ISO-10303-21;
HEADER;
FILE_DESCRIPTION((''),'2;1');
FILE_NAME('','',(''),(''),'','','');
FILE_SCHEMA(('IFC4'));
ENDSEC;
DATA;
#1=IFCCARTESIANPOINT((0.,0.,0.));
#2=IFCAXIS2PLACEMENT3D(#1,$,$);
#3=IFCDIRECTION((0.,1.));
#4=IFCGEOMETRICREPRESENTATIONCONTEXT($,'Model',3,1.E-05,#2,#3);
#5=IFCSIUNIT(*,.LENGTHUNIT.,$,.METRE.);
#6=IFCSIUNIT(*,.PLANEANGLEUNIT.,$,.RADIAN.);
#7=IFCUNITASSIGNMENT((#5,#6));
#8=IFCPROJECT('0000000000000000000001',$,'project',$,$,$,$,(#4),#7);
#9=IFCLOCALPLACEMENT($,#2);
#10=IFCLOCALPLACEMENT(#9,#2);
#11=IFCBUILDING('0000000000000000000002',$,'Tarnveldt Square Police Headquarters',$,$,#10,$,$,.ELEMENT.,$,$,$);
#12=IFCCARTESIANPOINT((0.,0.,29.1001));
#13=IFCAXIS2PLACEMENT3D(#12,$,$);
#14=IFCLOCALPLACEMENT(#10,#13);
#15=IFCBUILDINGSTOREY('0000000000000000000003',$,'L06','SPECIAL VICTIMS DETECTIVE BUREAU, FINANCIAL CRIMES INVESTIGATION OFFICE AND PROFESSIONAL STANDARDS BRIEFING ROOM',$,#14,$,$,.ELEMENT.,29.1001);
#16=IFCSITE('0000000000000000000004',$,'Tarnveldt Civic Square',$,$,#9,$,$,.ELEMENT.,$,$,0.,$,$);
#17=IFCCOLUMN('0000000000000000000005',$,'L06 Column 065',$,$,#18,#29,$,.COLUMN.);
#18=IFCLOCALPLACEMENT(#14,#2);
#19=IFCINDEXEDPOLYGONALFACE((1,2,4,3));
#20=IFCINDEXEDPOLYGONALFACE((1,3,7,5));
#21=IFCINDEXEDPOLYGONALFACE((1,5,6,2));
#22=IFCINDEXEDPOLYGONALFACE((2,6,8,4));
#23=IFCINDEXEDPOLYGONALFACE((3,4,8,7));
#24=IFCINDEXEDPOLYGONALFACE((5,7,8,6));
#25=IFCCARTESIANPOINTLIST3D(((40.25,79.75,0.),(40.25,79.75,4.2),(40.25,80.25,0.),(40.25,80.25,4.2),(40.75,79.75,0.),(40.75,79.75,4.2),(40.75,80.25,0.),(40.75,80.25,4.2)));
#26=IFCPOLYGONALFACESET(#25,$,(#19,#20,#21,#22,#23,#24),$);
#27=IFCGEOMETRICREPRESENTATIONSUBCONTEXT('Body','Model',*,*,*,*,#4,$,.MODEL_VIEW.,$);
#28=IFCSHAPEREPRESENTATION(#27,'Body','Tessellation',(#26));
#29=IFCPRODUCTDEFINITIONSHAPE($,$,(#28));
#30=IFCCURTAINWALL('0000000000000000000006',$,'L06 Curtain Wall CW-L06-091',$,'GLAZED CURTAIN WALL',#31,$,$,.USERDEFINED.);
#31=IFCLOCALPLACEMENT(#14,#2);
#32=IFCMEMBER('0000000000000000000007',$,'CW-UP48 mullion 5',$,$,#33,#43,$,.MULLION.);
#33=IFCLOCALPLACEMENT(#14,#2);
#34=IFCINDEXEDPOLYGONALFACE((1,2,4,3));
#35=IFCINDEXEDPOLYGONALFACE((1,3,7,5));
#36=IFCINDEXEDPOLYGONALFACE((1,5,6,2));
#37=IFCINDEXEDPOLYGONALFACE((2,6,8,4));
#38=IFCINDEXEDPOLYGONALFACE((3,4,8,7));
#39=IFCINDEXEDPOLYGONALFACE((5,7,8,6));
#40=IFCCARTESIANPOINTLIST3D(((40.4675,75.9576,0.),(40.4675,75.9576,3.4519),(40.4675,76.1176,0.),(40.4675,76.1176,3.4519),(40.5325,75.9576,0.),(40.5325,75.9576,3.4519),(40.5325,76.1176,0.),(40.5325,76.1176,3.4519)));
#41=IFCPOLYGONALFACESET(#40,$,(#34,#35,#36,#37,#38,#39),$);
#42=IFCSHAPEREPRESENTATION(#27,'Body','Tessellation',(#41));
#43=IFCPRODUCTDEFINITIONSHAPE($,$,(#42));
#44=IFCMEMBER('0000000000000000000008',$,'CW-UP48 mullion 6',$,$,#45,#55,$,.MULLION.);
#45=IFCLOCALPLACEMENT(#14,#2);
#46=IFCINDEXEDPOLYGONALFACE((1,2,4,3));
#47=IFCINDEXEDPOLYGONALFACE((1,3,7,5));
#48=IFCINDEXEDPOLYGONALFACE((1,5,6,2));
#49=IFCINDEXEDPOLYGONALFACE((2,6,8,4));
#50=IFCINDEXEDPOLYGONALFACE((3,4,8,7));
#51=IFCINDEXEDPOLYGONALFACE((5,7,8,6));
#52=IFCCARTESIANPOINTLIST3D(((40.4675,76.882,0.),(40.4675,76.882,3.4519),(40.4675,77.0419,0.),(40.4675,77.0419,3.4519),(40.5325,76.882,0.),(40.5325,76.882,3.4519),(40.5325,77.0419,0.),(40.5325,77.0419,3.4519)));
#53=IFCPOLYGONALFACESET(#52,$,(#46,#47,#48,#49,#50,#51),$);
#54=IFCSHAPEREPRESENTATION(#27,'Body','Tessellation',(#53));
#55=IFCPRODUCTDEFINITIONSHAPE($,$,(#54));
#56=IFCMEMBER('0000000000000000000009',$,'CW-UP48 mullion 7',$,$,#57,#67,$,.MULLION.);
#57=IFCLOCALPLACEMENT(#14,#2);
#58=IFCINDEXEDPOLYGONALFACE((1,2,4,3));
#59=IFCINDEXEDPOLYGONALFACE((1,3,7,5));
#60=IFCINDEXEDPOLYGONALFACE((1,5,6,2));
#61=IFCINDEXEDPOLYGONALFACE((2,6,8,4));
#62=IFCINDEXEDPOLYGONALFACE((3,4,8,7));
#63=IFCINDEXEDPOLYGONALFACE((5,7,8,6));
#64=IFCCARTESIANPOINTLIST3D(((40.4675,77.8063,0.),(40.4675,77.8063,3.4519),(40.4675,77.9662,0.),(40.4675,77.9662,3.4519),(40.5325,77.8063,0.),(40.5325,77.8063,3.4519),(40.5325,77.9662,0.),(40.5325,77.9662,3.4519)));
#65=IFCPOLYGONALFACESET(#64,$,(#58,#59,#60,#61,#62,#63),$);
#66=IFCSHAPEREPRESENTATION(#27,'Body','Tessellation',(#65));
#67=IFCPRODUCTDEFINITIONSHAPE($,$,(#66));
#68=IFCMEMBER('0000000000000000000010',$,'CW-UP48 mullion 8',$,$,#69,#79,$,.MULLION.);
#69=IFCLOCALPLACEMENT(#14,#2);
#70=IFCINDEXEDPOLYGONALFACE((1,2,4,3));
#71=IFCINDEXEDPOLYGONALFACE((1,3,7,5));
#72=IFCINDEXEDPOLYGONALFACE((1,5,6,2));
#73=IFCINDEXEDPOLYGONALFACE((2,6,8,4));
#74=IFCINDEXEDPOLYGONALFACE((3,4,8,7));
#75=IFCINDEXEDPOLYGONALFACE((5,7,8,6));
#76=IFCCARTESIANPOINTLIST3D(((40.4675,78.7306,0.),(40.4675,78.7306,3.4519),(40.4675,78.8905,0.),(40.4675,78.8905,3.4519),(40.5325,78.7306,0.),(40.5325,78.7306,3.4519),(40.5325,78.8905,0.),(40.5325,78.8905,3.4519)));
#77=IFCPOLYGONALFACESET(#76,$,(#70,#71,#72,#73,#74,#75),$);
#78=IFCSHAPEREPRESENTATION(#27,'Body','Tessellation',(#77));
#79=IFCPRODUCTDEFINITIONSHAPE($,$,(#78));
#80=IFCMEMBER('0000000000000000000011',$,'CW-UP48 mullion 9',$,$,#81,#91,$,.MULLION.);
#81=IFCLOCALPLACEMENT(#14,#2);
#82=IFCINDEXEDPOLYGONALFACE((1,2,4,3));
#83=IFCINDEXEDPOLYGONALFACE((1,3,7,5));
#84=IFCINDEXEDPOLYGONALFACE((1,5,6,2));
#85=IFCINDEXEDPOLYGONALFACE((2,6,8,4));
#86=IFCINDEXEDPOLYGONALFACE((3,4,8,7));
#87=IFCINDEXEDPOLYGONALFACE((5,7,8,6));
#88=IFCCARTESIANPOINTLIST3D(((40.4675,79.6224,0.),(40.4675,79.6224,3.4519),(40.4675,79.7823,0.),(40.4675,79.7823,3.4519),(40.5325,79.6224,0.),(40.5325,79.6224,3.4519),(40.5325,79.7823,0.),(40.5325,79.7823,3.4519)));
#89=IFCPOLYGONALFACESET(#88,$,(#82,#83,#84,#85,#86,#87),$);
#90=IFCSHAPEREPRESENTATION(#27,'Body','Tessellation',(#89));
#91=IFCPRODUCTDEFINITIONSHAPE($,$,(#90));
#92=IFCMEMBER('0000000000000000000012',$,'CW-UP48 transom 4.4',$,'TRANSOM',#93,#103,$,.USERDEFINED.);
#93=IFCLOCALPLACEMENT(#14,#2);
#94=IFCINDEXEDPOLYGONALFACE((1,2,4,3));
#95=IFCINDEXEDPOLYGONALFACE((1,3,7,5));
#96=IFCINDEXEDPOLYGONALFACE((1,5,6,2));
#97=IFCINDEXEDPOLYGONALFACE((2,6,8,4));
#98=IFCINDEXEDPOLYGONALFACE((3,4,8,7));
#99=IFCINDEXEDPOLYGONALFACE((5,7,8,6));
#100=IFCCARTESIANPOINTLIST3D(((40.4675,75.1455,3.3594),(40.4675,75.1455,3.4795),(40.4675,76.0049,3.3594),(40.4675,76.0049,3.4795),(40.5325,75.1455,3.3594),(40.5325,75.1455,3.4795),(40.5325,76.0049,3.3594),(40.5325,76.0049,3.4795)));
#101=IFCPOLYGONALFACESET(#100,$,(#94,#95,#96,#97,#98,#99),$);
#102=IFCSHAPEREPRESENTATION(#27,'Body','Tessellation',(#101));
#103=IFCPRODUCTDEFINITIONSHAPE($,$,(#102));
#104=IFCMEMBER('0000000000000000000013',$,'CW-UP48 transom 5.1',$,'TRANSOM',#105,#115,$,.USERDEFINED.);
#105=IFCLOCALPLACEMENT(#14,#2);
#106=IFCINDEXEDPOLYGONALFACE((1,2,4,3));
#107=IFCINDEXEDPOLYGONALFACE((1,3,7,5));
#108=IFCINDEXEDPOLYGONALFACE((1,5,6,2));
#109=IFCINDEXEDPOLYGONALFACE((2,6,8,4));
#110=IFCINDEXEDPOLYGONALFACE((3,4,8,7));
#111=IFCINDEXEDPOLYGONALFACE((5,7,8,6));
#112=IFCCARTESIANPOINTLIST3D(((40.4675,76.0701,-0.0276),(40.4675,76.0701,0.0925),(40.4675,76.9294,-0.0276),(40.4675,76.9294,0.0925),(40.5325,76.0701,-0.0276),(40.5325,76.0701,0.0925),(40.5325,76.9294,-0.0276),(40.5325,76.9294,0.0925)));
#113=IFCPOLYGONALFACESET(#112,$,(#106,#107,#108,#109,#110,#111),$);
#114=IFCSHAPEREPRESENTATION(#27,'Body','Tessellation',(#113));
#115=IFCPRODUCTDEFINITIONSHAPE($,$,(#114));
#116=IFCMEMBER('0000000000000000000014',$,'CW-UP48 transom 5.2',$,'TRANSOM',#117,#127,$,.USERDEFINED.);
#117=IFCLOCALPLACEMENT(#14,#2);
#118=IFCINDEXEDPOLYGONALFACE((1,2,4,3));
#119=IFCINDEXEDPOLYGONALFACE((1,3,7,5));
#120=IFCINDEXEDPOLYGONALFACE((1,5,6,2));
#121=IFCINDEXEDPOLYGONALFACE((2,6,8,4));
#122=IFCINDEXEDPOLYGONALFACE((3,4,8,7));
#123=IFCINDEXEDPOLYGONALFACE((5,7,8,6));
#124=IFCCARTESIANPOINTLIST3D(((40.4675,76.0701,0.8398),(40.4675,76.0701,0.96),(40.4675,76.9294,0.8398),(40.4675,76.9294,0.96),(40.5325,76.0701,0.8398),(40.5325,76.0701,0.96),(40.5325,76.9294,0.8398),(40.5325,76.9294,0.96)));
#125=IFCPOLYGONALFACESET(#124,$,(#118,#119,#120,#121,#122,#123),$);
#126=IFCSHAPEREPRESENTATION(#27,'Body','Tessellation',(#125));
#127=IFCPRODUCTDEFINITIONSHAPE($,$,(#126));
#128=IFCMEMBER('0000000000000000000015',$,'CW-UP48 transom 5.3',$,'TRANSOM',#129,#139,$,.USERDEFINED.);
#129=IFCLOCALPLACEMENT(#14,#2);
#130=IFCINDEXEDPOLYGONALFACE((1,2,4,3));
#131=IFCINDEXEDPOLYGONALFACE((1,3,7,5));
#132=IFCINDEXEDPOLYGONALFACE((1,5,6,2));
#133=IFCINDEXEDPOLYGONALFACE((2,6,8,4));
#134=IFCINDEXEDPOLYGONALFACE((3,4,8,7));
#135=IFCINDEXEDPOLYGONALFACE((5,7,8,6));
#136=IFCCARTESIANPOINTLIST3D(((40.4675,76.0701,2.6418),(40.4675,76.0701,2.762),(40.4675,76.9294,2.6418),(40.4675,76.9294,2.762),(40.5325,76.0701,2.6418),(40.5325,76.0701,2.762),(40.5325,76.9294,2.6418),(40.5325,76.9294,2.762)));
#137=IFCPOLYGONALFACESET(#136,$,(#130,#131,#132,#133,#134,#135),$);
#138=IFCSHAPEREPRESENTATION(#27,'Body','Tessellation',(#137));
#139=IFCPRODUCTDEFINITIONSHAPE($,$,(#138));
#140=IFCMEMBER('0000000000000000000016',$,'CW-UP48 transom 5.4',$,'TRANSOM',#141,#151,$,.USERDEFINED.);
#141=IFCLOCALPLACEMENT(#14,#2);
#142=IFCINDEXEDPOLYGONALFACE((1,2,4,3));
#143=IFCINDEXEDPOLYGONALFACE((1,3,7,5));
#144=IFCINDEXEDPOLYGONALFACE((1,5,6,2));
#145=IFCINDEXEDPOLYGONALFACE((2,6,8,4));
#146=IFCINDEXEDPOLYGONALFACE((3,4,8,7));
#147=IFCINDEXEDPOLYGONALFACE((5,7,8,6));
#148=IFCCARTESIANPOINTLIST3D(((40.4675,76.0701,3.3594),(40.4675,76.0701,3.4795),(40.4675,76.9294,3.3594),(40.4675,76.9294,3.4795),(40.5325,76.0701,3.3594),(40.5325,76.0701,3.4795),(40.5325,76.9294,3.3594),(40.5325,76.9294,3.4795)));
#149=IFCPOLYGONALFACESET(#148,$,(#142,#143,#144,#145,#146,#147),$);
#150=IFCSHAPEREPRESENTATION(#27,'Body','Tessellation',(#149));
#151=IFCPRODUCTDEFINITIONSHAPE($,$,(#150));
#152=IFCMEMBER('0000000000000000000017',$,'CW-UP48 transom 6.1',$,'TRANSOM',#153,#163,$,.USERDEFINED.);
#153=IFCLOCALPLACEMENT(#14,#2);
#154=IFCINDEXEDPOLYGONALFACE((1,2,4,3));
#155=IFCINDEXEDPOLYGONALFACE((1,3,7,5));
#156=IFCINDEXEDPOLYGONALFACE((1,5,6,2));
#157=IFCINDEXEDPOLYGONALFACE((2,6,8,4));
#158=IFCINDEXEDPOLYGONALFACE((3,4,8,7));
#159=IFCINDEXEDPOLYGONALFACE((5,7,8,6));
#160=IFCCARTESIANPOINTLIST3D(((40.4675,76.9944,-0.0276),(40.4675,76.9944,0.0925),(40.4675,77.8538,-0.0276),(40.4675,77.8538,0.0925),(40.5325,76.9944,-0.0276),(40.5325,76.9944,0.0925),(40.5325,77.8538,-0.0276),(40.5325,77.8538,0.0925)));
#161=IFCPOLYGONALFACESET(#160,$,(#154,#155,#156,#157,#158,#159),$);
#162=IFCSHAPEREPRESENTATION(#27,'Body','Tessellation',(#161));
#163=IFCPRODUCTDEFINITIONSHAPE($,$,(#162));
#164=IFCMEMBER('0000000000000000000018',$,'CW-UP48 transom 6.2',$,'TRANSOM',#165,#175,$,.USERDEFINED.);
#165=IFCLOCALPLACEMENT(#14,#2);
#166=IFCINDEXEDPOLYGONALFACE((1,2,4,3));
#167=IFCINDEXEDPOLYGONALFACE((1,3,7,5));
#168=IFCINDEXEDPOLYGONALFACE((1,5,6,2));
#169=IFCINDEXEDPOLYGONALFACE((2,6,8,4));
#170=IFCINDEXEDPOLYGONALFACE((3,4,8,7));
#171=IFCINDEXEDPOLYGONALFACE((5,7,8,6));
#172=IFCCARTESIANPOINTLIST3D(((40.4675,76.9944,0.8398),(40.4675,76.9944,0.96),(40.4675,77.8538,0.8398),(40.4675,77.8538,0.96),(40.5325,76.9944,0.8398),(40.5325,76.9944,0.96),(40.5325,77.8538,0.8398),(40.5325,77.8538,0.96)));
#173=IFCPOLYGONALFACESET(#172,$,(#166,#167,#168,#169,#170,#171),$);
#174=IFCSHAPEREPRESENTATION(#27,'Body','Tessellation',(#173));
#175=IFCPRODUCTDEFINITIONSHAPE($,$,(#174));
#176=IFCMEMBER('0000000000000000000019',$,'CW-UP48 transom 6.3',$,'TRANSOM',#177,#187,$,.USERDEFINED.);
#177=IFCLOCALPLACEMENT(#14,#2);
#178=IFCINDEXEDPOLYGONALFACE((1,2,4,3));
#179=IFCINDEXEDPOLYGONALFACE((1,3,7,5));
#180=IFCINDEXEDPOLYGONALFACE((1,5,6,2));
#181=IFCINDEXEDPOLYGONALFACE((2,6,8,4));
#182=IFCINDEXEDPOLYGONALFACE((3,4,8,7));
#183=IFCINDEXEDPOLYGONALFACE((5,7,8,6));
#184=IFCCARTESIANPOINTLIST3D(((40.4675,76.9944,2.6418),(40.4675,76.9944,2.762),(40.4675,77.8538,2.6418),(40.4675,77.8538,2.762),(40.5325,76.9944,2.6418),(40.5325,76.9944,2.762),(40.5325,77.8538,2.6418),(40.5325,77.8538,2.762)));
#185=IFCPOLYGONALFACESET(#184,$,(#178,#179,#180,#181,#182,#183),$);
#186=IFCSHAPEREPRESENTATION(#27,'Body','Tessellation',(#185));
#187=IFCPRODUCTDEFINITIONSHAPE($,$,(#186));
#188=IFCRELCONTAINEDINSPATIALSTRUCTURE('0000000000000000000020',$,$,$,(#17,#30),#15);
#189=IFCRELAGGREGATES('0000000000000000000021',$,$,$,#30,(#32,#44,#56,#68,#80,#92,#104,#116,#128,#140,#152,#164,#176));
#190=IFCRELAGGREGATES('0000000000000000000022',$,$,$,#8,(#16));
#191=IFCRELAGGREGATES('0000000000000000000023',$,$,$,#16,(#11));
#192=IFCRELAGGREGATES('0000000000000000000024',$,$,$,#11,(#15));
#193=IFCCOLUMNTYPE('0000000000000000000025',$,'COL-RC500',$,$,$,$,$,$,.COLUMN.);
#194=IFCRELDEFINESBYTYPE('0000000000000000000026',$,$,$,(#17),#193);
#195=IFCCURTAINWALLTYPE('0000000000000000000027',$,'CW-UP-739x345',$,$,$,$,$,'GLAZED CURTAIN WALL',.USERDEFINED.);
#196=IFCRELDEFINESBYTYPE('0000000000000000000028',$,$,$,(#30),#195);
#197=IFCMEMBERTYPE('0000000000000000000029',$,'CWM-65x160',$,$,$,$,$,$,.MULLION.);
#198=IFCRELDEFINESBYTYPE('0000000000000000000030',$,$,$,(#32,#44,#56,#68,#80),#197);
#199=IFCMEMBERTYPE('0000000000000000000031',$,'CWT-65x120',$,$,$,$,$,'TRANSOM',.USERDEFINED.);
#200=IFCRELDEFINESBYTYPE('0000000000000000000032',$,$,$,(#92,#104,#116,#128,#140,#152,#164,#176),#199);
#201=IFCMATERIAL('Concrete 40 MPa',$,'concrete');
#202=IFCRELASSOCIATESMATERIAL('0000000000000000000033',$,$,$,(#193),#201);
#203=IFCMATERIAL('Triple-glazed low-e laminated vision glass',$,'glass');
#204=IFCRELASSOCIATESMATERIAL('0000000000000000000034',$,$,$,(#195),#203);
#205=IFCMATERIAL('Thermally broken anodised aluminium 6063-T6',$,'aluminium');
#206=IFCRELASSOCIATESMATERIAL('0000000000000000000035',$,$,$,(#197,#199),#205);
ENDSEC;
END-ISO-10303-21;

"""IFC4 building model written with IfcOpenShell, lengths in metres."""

from ifc_helpers import new_model, si_unit, direction, frame, origin, origin_2d, place, context, subcontext, project, spatial, rectangle, extrude, material, material_profile, profile_set, type_object, element, aggregate, save


model = new_model("IFC4")

# Units and contexts
model_context = context("Model", 3, precision=1e-05, world=origin(), true_north=direction((0.0, 1.0)))
body_context = subcontext(model_context, "Body", "Model", "MODEL_VIEW")
ifc_project = project(units=[si_unit("LENGTHUNIT", "METRE"), si_unit("PLANEANGLEUNIT", "RADIAN")], contexts=[model_context])

# Site, building, storey
site_placement = place(None, origin())
site = spatial("IfcSite", under=ifc_project, at=site_placement, Name="Tarnveldt Civic Square", CompositionType="ELEMENT", RefElevation=0.0)
building_placement = place(site_placement, origin())
building = spatial("IfcBuilding", under=site, at=building_placement, Name="Tarnveldt Square Police Headquarters", CompositionType="ELEMENT")
storey_placement = place(building_placement, frame((0.0, 0.0, 29.1001)))
storey = spatial("IfcBuildingStorey", under=building, at=storey_placement, Name="L06", Description="SPECIAL VICTIMS DETECTIVE BUREAU, FINANCIAL CRIMES INVESTIGATION OFFICE AND PROFESSIONAL STANDARDS BRIEFING ROOM", CompositionType="ELEMENT", Elevation=29.1001)

# Column
ifc_material_1 = material(Name="Concrete 40 MPa", Category="concrete")
ifc_material_profile_1 = material_profile(ifc_material_1, rectangle(XDim=0.5, YDim=0.5, at=origin_2d()), Name="RC-C500x500")
ifc_profile_set_1 = profile_set([ifc_material_profile_1], Name="Concrete 40 MPa")
column_type = type_object("IfcColumnType", Name="COL-RC500", PredefinedType="COLUMN", material=ifc_profile_set_1)
column_placement = place(storey_placement, frame((40.5, 80.0, 0.0), z_axis=(0.0, 0.0, 1.0), x_axis=(1.0, 0.0, 0.0)))
element("IfcColumn", 1, at=column_placement, inside=storey, type_object=column_type, Name="L06 Column 065", PredefinedType="COLUMN", context=body_context, shape_type="SweptSolid", body=[
    extrude(rectangle(XDim=0.5, YDim=0.5, at=origin_2d()), origin(), (0.0, 0.0, 1.0), 4.2),
])

# Curtain wall, members
ifc_material_2 = material(Name="Triple-glazed low-e laminated vision glass", Category="glass")
curtain_wall_type = type_object("IfcCurtainWallType", Name="CW-UP-739x345", ElementType="GLAZED CURTAIN WALL", PredefinedType="USERDEFINED", material=ifc_material_2)
curtain_wall_placement = place(storey_placement, origin())
curtain_wall = element("IfcCurtainWall", 2, at=curtain_wall_placement, inside=storey, type_object=curtain_wall_type, Name="L06 Curtain Wall CW-L06-091", ObjectType="GLAZED CURTAIN WALL", PredefinedType="USERDEFINED")
ifc_material_3 = material(Name="Thermally broken anodised aluminium 6063-T6", Category="aluminium")
ifc_material_profile_2 = material_profile(ifc_material_3, rectangle(XDim=0.0649, YDim=0.1599, at=origin_2d()), Name="CW-M65x160")
ifc_profile_set_2 = profile_set([ifc_material_profile_2], Name="Thermally broken anodised aluminium 6063-T6")
member_type_1 = type_object("IfcMemberType", Name="CWM-65x160", PredefinedType="MULLION", material=ifc_profile_set_2)
member_1_placement = place(storey_placement, frame((40.5, 76.0376, 0.0), z_axis=(0.0, 0.0, 1.0), x_axis=(-1.0, 0.0, 0.0)))
member_1 = element("IfcMember", 3, at=member_1_placement, type_object=member_type_1, Name="CW-UP48 mullion 5", PredefinedType="MULLION", context=body_context, shape_type="SweptSolid", body=[
    extrude(rectangle(XDim=0.0649, YDim=0.1599, at=origin_2d()), origin(), (0.0, 0.0, 1.0), 3.4519),
])
member_2_placement = place(storey_placement, frame((40.5, 76.9619, 0.0), z_axis=(0.0, 0.0, 1.0), x_axis=(-1.0, 0.0, 0.0)))
member_2 = element("IfcMember", 4, at=member_2_placement, type_object=member_type_1, Name="CW-UP48 mullion 6", PredefinedType="MULLION", context=body_context, shape_type="SweptSolid", body=[
    extrude(rectangle(XDim=0.0649, YDim=0.1599, at=origin_2d()), origin(), (0.0, 0.0, 1.0), 3.4519),
])
member_3_placement = place(storey_placement, frame((40.5, 77.8862, 0.0), z_axis=(0.0, 0.0, 1.0), x_axis=(-1.0, 0.0, 0.0)))
member_3 = element("IfcMember", 5, at=member_3_placement, type_object=member_type_1, Name="CW-UP48 mullion 7", PredefinedType="MULLION", context=body_context, shape_type="SweptSolid", body=[
    extrude(rectangle(XDim=0.0649, YDim=0.1599, at=origin_2d()), origin(), (0.0, 0.0, 1.0), 3.4519),
])
member_4_placement = place(storey_placement, frame((40.5, 78.8105, 0.0), z_axis=(0.0, 0.0, 1.0), x_axis=(-1.0, 0.0, 0.0)))
member_4 = element("IfcMember", 6, at=member_4_placement, type_object=member_type_1, Name="CW-UP48 mullion 8", PredefinedType="MULLION", context=body_context, shape_type="SweptSolid", body=[
    extrude(rectangle(XDim=0.0649, YDim=0.1599, at=origin_2d()), origin(), (0.0, 0.0, 1.0), 3.4519),
])
member_5_placement = place(storey_placement, frame((40.5, 79.7024, 0.0), z_axis=(0.0, 0.0, 1.0), x_axis=(-1.0, 0.0, 0.0)))
member_5 = element("IfcMember", 7, at=member_5_placement, type_object=member_type_1, Name="CW-UP48 mullion 9", PredefinedType="MULLION", context=body_context, shape_type="SweptSolid", body=[
    extrude(rectangle(XDim=0.0649, YDim=0.1599, at=origin_2d()), origin(), (0.0, 0.0, 1.0), 3.4519),
])
ifc_material_profile_3 = material_profile(ifc_material_3, rectangle(XDim=0.0649, YDim=0.1201, at=origin_2d()), Name="CW-T65x120")
ifc_profile_set_3 = profile_set([ifc_material_profile_3], Name="Thermally broken anodised aluminium 6063-T6")
member_type_2 = type_object("IfcMemberType", Name="CWT-65x120", ElementType="TRANSOM", PredefinedType="USERDEFINED", material=ifc_profile_set_3)
member_6_placement = place(storey_placement, frame((40.5, 75.1455, 3.4194), z_axis=(0.0, 1.0, 0.0), x_axis=(-1.0, 0.0, 0.0)))
member_6 = element("IfcMember", 8, at=member_6_placement, type_object=member_type_2, Name="CW-UP48 transom 4.4", ObjectType="TRANSOM", PredefinedType="USERDEFINED", context=body_context, shape_type="SweptSolid", body=[
    extrude(rectangle(XDim=0.0649, YDim=0.1201, at=origin_2d()), origin(), (0.0, 0.0, 1.0), 0.8594),
])
member_7_placement = place(storey_placement, frame((40.5, 76.0701, 0.0325), z_axis=(0.0, 1.0, 0.0), x_axis=(-1.0, 0.0, 0.0)))
member_7 = element("IfcMember", 9, at=member_7_placement, type_object=member_type_2, Name="CW-UP48 transom 5.1", ObjectType="TRANSOM", PredefinedType="USERDEFINED", context=body_context, shape_type="SweptSolid", body=[
    extrude(rectangle(XDim=0.0649, YDim=0.1201, at=origin_2d()), origin(), (0.0, 0.0, 1.0), 0.8594),
])
member_8_placement = place(storey_placement, frame((40.5, 76.0701, 0.8999), z_axis=(0.0, 1.0, 0.0), x_axis=(-1.0, 0.0, 0.0)))
member_8 = element("IfcMember", 10, at=member_8_placement, type_object=member_type_2, Name="CW-UP48 transom 5.2", ObjectType="TRANSOM", PredefinedType="USERDEFINED", context=body_context, shape_type="SweptSolid", body=[
    extrude(rectangle(XDim=0.0649, YDim=0.1201, at=origin_2d()), origin(), (0.0, 0.0, 1.0), 0.8594),
])
member_9_placement = place(storey_placement, frame((40.5, 76.0701, 2.7019), z_axis=(0.0, 1.0, 0.0), x_axis=(-1.0, 0.0, 0.0)))
member_9 = element("IfcMember", 11, at=member_9_placement, type_object=member_type_2, Name="CW-UP48 transom 5.3", ObjectType="TRANSOM", PredefinedType="USERDEFINED", context=body_context, shape_type="SweptSolid", body=[
    extrude(rectangle(XDim=0.0649, YDim=0.1201, at=origin_2d()), origin(), (0.0, 0.0, 1.0), 0.8594),
])
member_10_placement = place(storey_placement, frame((40.5, 76.0701, 3.4194), z_axis=(0.0, 1.0, 0.0), x_axis=(-1.0, 0.0, 0.0)))
member_10 = element("IfcMember", 12, at=member_10_placement, type_object=member_type_2, Name="CW-UP48 transom 5.4", ObjectType="TRANSOM", PredefinedType="USERDEFINED", context=body_context, shape_type="SweptSolid", body=[
    extrude(rectangle(XDim=0.0649, YDim=0.1201, at=origin_2d()), origin(), (0.0, 0.0, 1.0), 0.8594),
])
member_11_placement = place(storey_placement, frame((40.5, 76.9944, 0.0325), z_axis=(0.0, 1.0, 0.0), x_axis=(-1.0, 0.0, 0.0)))
member_11 = element("IfcMember", 13, at=member_11_placement, type_object=member_type_2, Name="CW-UP48 transom 6.1", ObjectType="TRANSOM", PredefinedType="USERDEFINED", context=body_context, shape_type="SweptSolid", body=[
    extrude(rectangle(XDim=0.0649, YDim=0.1201, at=origin_2d()), origin(), (0.0, 0.0, 1.0), 0.8594),
])
member_12_placement = place(storey_placement, frame((40.5, 76.9944, 0.8999), z_axis=(0.0, 1.0, 0.0), x_axis=(-1.0, 0.0, 0.0)))
member_12 = element("IfcMember", 14, at=member_12_placement, type_object=member_type_2, Name="CW-UP48 transom 6.2", ObjectType="TRANSOM", PredefinedType="USERDEFINED", context=body_context, shape_type="SweptSolid", body=[
    extrude(rectangle(XDim=0.0649, YDim=0.1201, at=origin_2d()), origin(), (0.0, 0.0, 1.0), 0.8594),
])
member_13_placement = place(storey_placement, frame((40.5, 76.9944, 2.7019), z_axis=(0.0, 1.0, 0.0), x_axis=(-1.0, 0.0, 0.0)))
member_13 = element("IfcMember", 15, at=member_13_placement, type_object=member_type_2, Name="CW-UP48 transom 6.3", ObjectType="TRANSOM", PredefinedType="USERDEFINED", context=body_context, shape_type="SweptSolid", body=[
    extrude(rectangle(XDim=0.0649, YDim=0.1201, at=origin_2d()), origin(), (0.0, 0.0, 1.0), 0.8594),
])
aggregate(curtain_wall, [member_1, member_2, member_3, member_4, member_5, member_6, member_7, member_8, member_9, member_10, member_11, member_12, member_13])

save(model, "model.ifc")
